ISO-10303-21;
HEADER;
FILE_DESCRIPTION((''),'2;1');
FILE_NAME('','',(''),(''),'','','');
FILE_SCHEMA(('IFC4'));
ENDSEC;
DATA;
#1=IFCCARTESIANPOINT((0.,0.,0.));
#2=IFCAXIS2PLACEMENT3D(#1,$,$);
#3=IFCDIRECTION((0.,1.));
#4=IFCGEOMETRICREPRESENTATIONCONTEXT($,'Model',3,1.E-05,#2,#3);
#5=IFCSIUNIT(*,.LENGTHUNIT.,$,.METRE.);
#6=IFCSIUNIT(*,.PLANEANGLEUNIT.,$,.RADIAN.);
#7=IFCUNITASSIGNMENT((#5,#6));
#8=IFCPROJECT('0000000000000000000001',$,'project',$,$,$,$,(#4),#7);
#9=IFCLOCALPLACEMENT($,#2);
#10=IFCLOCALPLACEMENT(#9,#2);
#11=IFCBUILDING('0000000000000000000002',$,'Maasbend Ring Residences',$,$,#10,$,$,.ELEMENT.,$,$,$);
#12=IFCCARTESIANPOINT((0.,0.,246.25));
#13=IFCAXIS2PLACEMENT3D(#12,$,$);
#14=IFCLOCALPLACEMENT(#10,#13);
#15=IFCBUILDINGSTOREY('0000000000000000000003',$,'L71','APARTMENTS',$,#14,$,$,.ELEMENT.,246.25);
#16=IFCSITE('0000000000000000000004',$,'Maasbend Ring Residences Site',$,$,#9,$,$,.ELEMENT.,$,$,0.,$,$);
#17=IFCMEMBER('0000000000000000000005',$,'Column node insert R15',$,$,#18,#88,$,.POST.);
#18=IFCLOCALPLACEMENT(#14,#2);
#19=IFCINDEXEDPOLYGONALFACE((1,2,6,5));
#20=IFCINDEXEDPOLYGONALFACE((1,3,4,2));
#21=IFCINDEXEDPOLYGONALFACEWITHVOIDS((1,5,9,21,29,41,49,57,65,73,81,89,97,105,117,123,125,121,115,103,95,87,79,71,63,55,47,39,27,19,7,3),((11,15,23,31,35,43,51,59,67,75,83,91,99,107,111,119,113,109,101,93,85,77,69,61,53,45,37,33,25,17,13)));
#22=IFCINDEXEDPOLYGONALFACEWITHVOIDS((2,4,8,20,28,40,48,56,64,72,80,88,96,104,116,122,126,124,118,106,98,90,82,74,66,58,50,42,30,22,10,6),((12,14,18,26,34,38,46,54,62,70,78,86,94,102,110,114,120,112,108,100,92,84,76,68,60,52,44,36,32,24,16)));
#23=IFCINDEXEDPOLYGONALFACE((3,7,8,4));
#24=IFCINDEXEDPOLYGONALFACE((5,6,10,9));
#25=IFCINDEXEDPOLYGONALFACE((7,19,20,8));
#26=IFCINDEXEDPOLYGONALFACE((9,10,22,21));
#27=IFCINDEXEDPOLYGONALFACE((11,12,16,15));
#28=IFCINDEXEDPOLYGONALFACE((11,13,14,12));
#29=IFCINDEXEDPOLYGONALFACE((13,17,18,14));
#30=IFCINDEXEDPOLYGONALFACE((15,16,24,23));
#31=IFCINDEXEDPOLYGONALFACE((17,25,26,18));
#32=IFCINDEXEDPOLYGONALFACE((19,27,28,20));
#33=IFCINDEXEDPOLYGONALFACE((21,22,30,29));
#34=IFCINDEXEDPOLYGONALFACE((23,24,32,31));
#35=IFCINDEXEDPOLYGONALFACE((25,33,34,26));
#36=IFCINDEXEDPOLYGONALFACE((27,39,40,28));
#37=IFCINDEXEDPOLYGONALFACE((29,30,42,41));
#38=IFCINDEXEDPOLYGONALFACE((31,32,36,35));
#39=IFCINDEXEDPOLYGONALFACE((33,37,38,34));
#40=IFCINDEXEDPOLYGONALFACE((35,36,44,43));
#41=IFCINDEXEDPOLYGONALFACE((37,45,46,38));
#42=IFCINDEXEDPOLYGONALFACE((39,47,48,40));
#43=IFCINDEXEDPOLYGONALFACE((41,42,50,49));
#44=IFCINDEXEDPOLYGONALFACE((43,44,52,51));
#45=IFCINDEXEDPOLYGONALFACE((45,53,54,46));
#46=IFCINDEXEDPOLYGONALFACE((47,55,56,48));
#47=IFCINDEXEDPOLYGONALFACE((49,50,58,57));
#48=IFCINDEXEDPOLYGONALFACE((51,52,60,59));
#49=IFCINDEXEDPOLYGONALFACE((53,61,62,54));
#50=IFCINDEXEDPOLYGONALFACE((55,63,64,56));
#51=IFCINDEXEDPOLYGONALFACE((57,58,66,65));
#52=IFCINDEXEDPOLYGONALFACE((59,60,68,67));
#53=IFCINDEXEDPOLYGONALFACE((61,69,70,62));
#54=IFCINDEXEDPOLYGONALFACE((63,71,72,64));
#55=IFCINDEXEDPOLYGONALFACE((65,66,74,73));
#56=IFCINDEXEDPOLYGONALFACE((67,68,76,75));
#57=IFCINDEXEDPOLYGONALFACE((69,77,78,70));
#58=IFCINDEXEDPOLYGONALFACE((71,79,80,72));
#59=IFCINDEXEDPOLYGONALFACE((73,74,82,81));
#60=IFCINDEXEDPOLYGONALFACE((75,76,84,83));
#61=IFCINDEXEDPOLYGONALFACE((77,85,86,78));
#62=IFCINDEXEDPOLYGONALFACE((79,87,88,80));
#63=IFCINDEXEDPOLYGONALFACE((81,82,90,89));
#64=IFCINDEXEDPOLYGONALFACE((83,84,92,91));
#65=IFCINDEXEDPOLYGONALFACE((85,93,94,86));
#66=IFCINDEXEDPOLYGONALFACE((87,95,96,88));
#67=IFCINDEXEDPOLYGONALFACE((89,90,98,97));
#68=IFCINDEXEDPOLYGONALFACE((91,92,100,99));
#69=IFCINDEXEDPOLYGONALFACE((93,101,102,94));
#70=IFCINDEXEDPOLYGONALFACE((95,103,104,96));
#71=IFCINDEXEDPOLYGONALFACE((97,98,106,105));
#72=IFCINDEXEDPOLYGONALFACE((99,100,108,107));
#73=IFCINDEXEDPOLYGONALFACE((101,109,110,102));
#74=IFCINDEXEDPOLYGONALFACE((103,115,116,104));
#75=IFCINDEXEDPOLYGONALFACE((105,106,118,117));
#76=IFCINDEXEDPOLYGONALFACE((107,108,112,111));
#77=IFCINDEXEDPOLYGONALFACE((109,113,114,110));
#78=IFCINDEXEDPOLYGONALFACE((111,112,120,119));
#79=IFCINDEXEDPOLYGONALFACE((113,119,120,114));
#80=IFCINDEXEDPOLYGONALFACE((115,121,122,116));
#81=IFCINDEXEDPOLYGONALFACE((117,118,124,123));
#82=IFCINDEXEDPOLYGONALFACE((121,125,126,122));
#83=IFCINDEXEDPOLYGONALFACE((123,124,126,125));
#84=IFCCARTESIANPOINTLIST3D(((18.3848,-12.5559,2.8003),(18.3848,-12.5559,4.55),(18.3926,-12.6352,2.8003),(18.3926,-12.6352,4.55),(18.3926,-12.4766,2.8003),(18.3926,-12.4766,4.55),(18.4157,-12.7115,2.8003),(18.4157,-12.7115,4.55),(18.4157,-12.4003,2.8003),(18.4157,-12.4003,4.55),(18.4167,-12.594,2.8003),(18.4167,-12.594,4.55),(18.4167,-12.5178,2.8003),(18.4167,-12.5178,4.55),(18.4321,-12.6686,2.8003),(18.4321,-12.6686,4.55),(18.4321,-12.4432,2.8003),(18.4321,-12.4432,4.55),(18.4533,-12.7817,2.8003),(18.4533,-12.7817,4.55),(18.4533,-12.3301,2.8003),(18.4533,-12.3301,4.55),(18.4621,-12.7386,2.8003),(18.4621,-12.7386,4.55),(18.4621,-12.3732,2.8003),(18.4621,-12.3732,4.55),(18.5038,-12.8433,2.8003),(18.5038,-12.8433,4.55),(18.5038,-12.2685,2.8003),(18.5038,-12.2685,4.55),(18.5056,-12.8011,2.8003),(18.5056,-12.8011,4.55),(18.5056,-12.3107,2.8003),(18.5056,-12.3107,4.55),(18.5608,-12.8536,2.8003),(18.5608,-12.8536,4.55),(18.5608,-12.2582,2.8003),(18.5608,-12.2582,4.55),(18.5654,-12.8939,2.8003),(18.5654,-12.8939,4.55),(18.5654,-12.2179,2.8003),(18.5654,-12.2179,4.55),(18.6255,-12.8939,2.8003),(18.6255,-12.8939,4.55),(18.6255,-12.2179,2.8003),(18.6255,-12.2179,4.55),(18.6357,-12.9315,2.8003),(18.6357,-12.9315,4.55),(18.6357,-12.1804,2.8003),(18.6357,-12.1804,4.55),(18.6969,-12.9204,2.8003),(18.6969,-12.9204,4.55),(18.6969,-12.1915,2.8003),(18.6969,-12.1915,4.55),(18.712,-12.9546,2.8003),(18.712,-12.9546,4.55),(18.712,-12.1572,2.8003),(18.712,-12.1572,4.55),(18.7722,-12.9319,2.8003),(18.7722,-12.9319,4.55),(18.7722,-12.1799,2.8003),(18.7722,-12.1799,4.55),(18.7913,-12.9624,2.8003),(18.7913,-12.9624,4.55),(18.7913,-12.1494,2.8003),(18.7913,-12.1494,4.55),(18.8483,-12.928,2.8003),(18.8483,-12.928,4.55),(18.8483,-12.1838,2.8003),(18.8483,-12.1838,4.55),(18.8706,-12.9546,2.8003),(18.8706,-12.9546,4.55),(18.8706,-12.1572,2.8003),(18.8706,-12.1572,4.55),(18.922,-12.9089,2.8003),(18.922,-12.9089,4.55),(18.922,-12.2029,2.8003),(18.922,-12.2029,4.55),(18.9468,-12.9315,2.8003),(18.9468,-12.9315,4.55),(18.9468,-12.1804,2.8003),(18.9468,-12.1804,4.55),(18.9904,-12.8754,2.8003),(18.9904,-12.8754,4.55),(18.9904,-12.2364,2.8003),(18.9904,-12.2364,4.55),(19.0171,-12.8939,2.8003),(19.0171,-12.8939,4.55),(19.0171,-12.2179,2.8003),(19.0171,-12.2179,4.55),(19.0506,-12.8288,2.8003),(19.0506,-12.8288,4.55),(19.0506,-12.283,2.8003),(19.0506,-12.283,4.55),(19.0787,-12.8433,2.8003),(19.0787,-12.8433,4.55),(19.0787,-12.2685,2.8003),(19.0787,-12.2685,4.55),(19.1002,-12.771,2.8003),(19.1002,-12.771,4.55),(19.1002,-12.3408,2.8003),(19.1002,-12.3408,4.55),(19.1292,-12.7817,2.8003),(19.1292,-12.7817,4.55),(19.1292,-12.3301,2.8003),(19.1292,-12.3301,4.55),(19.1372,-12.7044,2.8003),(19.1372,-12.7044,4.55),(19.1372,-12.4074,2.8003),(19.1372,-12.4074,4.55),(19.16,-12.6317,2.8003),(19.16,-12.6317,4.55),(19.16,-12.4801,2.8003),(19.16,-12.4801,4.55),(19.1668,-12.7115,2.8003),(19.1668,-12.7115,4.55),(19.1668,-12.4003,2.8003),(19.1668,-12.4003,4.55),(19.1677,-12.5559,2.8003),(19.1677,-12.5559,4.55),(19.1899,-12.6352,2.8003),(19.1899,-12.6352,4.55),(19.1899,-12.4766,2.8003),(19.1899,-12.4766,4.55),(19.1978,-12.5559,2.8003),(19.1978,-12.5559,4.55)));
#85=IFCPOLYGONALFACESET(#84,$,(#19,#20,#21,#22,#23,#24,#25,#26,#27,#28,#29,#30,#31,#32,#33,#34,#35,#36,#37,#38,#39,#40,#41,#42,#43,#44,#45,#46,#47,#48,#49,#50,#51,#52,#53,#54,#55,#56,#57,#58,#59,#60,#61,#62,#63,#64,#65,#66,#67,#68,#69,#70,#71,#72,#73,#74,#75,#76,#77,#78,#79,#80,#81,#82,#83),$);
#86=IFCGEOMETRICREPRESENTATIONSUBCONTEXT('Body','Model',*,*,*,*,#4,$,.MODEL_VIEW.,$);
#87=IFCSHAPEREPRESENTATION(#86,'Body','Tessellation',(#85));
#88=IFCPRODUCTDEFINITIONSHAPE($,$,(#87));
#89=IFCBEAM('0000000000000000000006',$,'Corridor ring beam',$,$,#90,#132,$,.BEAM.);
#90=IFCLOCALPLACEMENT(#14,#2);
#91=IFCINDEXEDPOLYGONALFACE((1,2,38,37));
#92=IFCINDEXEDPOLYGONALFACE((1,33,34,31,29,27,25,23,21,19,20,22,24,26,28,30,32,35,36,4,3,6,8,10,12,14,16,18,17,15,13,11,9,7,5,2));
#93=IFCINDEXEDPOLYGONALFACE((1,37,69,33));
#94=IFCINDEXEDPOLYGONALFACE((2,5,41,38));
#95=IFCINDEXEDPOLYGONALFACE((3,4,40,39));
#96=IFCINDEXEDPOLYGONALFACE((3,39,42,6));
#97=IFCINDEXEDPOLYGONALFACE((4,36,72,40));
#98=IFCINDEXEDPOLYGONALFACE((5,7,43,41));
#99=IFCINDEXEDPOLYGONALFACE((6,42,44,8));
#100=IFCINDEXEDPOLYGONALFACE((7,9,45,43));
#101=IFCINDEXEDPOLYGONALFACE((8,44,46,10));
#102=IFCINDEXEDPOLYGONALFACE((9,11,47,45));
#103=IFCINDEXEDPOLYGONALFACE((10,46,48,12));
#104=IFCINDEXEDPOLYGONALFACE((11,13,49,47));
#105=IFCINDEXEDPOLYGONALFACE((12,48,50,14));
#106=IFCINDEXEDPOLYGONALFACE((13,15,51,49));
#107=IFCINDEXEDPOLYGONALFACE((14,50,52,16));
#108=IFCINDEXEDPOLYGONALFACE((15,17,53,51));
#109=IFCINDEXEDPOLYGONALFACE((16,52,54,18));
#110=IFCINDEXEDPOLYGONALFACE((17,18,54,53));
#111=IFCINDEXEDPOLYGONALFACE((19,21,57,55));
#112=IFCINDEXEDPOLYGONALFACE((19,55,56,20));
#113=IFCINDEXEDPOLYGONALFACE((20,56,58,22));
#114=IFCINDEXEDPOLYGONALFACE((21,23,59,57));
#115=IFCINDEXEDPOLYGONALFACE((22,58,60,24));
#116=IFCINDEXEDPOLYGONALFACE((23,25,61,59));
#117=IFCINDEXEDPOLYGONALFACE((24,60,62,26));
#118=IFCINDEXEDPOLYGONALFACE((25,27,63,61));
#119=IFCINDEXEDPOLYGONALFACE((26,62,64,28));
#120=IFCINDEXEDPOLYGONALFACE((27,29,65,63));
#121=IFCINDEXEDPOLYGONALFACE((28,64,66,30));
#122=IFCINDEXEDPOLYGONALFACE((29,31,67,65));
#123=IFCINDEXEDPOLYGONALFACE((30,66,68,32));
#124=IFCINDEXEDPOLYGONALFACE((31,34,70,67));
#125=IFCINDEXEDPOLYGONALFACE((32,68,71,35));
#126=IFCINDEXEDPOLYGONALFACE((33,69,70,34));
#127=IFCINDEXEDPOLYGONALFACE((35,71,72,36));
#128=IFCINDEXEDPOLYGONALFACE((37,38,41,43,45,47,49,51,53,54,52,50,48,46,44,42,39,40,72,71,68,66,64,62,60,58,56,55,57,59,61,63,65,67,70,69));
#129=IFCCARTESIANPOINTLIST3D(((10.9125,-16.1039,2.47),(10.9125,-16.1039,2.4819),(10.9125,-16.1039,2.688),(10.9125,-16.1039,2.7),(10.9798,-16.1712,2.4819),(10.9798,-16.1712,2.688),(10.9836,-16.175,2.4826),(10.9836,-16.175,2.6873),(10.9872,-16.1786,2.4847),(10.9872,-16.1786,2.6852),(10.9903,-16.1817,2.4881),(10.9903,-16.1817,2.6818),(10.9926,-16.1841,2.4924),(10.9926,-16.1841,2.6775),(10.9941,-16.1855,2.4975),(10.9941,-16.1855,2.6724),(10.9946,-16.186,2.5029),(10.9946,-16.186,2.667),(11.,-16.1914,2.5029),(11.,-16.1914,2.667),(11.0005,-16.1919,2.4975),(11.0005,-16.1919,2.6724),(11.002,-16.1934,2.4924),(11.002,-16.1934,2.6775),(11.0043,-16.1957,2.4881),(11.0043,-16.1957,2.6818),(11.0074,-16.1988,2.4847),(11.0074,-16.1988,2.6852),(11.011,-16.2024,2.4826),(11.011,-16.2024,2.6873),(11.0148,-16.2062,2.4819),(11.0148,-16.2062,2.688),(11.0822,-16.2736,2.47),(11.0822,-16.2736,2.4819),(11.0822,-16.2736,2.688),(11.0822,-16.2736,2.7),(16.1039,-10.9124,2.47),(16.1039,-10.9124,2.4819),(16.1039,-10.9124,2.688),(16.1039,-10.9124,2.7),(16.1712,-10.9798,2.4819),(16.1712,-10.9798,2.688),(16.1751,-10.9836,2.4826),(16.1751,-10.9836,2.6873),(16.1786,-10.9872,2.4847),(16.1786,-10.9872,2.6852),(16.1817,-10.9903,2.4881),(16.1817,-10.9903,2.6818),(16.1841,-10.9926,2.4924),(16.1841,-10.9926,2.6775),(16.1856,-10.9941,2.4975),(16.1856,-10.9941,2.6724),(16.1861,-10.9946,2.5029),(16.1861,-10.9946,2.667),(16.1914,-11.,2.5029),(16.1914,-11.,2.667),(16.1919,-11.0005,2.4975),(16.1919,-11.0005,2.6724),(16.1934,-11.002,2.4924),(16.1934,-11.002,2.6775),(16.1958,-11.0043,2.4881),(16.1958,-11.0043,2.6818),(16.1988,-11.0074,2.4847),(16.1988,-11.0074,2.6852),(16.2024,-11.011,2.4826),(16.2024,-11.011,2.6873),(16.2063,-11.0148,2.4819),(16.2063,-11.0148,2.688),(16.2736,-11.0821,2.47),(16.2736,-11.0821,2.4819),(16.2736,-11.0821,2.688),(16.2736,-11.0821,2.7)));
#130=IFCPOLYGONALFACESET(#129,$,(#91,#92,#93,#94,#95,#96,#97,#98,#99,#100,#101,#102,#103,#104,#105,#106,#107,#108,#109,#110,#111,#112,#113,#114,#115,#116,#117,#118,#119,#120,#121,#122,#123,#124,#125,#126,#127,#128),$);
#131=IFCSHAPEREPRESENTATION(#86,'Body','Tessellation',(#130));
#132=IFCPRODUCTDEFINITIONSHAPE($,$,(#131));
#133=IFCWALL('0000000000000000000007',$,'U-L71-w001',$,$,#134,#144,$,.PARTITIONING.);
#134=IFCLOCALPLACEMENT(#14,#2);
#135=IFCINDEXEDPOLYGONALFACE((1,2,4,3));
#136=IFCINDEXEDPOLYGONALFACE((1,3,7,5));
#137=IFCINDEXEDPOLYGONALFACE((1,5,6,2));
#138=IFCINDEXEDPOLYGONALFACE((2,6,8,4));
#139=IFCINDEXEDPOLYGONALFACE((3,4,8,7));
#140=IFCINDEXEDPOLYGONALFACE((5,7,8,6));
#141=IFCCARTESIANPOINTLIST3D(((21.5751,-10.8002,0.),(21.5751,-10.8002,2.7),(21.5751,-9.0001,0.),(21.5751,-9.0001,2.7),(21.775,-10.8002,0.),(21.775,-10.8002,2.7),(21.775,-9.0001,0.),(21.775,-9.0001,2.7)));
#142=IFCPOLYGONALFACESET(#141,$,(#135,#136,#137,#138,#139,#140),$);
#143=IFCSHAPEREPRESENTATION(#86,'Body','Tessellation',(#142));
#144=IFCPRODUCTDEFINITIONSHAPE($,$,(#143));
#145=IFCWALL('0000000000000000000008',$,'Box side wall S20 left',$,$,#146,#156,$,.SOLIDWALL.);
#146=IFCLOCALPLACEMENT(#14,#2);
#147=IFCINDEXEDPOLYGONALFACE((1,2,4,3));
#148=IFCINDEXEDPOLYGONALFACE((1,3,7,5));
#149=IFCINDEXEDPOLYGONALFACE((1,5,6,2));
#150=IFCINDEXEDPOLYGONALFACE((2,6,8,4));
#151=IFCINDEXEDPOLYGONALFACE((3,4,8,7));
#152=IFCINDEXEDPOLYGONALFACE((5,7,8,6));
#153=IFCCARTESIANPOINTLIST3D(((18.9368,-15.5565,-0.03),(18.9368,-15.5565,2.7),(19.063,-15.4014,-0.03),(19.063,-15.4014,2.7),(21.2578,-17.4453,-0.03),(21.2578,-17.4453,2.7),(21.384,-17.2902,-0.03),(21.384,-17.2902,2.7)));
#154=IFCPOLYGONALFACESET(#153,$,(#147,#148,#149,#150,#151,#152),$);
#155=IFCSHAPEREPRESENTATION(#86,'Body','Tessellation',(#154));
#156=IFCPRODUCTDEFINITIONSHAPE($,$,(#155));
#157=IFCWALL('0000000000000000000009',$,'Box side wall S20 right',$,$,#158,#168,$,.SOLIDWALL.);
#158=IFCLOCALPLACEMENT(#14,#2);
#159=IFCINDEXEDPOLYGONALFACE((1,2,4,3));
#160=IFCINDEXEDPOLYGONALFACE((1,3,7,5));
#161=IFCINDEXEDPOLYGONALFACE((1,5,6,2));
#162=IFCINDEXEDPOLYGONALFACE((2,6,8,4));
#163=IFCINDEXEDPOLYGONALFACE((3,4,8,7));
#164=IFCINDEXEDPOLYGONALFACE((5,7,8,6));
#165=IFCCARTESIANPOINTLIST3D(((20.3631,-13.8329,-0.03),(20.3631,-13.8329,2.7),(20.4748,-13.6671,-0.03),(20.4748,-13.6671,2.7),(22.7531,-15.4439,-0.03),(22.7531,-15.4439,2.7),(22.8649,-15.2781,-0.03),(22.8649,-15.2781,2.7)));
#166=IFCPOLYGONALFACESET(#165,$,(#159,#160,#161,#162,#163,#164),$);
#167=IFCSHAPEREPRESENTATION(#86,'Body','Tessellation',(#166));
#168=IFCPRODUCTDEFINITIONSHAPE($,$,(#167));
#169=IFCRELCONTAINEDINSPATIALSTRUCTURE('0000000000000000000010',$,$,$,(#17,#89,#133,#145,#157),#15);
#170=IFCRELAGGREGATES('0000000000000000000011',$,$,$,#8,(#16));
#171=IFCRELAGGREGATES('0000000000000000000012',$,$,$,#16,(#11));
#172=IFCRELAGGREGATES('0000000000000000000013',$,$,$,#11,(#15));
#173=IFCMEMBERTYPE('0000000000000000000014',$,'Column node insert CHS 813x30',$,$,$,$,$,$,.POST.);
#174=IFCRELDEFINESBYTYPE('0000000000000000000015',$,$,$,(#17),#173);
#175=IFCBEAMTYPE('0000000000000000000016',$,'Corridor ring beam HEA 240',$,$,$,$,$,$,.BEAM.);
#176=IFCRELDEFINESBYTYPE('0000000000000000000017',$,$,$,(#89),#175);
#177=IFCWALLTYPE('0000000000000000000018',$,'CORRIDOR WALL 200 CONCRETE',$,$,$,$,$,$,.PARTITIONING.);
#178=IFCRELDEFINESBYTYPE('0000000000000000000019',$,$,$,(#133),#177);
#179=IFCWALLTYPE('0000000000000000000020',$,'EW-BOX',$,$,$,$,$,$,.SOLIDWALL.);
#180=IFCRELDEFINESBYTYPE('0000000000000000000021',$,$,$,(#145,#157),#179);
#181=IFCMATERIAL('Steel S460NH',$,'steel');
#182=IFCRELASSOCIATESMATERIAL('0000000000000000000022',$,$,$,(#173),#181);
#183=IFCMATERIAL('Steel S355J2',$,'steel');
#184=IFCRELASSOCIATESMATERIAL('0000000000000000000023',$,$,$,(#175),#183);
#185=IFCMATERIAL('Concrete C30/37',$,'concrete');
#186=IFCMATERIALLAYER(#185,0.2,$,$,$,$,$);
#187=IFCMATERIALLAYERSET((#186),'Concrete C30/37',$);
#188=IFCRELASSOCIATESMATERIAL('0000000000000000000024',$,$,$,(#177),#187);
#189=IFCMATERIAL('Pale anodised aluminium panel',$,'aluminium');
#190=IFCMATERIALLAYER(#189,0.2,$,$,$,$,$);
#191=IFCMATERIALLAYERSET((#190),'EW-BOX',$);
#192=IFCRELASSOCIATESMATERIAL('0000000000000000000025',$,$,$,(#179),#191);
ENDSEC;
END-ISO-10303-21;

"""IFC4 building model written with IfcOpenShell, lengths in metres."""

from ifc_helpers import new_model, si_unit, direction, frame, frame_2d, origin, origin_2d, place, context, subcontext, project, spatial, rectangle, hollow_circle, i_section, extrude, material, layer, layer_set, material_profile, profile_set, type_object, element, save


model = new_model("IFC4")

# Units and contexts
model_context = context("Model", 3, precision=1e-05, world=origin(), true_north=direction((0.0, 1.0)))
body_context = subcontext(model_context, "Body", "Model", "MODEL_VIEW")
ifc_project = project(units=[si_unit("LENGTHUNIT", "METRE"), si_unit("PLANEANGLEUNIT", "RADIAN")], contexts=[model_context])

# Site, building, storey
site_placement = place(None, origin())
site = spatial("IfcSite", under=ifc_project, at=site_placement, Name="Maasbend Ring Residences Site", CompositionType="ELEMENT", RefElevation=0.0)
building_placement = place(site_placement, origin())
building = spatial("IfcBuilding", under=site, at=building_placement, Name="Maasbend Ring Residences", CompositionType="ELEMENT")
storey_placement = place(building_placement, frame((0.0, 0.0, 246.25)))
storey = spatial("IfcBuildingStorey", under=building, at=storey_placement, Name="L71", Description="APARTMENTS", CompositionType="ELEMENT", Elevation=246.25)

# Member
ifc_material_1 = material(Name="Steel S460NH", Category="steel")
ifc_material_profile_1 = material_profile(ifc_material_1, hollow_circle(Radius=0.4065, WallThickness=0.03, at=origin_2d()), Name="Column node insert CHS 813x30")
ifc_profile_set_1 = profile_set([ifc_material_profile_1], Name="Steel S460NH")
member_type = type_object("IfcMemberType", Name="Column node insert CHS 813x30", PredefinedType="POST", material=ifc_profile_set_1)
member_placement = place(storey_placement, frame((18.7913, -12.5559, 2.8003), z_axis=(0.0, 0.0, 1.0), x_axis=(1.0, 0.0, 0.0)))
element("IfcMember", 1, at=member_placement, inside=storey, type_object=member_type, Name="Column node insert R15", PredefinedType="POST", context=body_context, shape_type="SweptSolid", body=[
    extrude(hollow_circle(Radius=0.4065, WallThickness=0.03, at=origin_2d()), origin(), (0.0, 0.0, 1.0), 1.7498),
])

# Beam
ifc_material_2 = material(Name="Steel S355J2", Category="steel")
ifc_material_profile_2 = material_profile(ifc_material_2, i_section(OverallWidth=0.24, OverallDepth=0.23, WebThickness=0.0076, FlangeThickness=0.012, FilletRadius=0.021, at=origin_2d()), Name="HEA 240")
ifc_profile_set_2 = profile_set([ifc_material_profile_2], Name="Steel S355J2")
beam_type = type_object("IfcBeamType", Name="Corridor ring beam HEA 240", PredefinedType="BEAM", material=ifc_profile_set_2)
beam_placement = place(storey_placement, frame((10.9973, -16.1887, 2.585), z_axis=(0.707107, 0.707107, 0.0), x_axis=(-0.707107, 0.707107, 0.0)))
element("IfcBeam", 2, at=beam_placement, inside=storey, type_object=beam_type, Name="Corridor ring beam", PredefinedType="BEAM", context=body_context, shape_type="SweptSolid", body=[
    extrude(i_section(OverallWidth=0.24, OverallDepth=0.23, WebThickness=0.0076, FlangeThickness=0.012, FilletRadius=0.021, at=origin_2d()), origin(), (0.0, 0.0, 1.0), 7.3418),
])

# Walls
ifc_material_3 = material(Name="Concrete C30/37", Category="concrete")
ifc_layer_1 = layer(ifc_material_3, 0.2)
ifc_layer_set_1 = layer_set([ifc_layer_1], Name="Concrete C30/37")
wall_type_1 = type_object("IfcWallType", Name="CORRIDOR WALL 200 CONCRETE", PredefinedType="PARTITIONING", material=ifc_layer_set_1)
wall_1_placement = place(storey_placement, frame((21.675, -10.8, 0.0), z_axis=(0.0, 0.0, 1.0), x_axis=(0.0, 1.0, 0.0)))
element("IfcWall", 3, at=wall_1_placement, inside=storey, type_object=wall_type_1, Name="U-L71-w001", PredefinedType="PARTITIONING", context=body_context, shape_type="SweptSolid", body=[
    extrude(rectangle(XDim=1.8, YDim=0.2, at=frame_2d((0.8999, 0.0))), origin(), (0.0, 0.0, 1.0), 2.7),
])
ifc_material_4 = material(Name="Pale anodised aluminium panel", Category="aluminium")
ifc_layer_2 = layer(ifc_material_4, 0.2)
ifc_layer_set_2 = layer_set([ifc_layer_2], Name="EW-BOX")
wall_type_2 = type_object("IfcWallType", Name="EW-BOX", PredefinedType="SOLIDWALL", material=ifc_layer_set_2)
wall_2_placement = place(storey_placement, frame((19.0, -15.479, -0.03), z_axis=(0.0, 0.0, 1.0), x_axis=(0.775612, -0.63121, 0.0)))
element("IfcWall", 4, at=wall_2_placement, inside=storey, type_object=wall_type_2, Name="Box side wall S20 left", PredefinedType="SOLIDWALL", context=body_context, shape_type="SweptSolid", body=[
    extrude(rectangle(XDim=2.9924, YDim=0.2, at=frame_2d((1.4961, 0.0))), origin(), (0.0, 0.0, 1.0), 2.73),
])
wall_3_placement = place(storey_placement, frame((20.4189, -13.75, -0.03), z_axis=(0.0, 0.0, 1.0), x_axis=(0.829212, -0.558934, 0.0)))
element("IfcWall", 5, at=wall_3_placement, inside=storey, type_object=wall_type_2, Name="Box side wall S20 right", PredefinedType="SOLIDWALL", context=body_context, shape_type="SweptSolid", body=[
    extrude(rectangle(XDim=2.8823, YDim=0.2, at=frame_2d((1.4412, 0.0))), origin(), (0.0, 0.0, 1.0), 2.73),
])

save(model, "model.ifc")
